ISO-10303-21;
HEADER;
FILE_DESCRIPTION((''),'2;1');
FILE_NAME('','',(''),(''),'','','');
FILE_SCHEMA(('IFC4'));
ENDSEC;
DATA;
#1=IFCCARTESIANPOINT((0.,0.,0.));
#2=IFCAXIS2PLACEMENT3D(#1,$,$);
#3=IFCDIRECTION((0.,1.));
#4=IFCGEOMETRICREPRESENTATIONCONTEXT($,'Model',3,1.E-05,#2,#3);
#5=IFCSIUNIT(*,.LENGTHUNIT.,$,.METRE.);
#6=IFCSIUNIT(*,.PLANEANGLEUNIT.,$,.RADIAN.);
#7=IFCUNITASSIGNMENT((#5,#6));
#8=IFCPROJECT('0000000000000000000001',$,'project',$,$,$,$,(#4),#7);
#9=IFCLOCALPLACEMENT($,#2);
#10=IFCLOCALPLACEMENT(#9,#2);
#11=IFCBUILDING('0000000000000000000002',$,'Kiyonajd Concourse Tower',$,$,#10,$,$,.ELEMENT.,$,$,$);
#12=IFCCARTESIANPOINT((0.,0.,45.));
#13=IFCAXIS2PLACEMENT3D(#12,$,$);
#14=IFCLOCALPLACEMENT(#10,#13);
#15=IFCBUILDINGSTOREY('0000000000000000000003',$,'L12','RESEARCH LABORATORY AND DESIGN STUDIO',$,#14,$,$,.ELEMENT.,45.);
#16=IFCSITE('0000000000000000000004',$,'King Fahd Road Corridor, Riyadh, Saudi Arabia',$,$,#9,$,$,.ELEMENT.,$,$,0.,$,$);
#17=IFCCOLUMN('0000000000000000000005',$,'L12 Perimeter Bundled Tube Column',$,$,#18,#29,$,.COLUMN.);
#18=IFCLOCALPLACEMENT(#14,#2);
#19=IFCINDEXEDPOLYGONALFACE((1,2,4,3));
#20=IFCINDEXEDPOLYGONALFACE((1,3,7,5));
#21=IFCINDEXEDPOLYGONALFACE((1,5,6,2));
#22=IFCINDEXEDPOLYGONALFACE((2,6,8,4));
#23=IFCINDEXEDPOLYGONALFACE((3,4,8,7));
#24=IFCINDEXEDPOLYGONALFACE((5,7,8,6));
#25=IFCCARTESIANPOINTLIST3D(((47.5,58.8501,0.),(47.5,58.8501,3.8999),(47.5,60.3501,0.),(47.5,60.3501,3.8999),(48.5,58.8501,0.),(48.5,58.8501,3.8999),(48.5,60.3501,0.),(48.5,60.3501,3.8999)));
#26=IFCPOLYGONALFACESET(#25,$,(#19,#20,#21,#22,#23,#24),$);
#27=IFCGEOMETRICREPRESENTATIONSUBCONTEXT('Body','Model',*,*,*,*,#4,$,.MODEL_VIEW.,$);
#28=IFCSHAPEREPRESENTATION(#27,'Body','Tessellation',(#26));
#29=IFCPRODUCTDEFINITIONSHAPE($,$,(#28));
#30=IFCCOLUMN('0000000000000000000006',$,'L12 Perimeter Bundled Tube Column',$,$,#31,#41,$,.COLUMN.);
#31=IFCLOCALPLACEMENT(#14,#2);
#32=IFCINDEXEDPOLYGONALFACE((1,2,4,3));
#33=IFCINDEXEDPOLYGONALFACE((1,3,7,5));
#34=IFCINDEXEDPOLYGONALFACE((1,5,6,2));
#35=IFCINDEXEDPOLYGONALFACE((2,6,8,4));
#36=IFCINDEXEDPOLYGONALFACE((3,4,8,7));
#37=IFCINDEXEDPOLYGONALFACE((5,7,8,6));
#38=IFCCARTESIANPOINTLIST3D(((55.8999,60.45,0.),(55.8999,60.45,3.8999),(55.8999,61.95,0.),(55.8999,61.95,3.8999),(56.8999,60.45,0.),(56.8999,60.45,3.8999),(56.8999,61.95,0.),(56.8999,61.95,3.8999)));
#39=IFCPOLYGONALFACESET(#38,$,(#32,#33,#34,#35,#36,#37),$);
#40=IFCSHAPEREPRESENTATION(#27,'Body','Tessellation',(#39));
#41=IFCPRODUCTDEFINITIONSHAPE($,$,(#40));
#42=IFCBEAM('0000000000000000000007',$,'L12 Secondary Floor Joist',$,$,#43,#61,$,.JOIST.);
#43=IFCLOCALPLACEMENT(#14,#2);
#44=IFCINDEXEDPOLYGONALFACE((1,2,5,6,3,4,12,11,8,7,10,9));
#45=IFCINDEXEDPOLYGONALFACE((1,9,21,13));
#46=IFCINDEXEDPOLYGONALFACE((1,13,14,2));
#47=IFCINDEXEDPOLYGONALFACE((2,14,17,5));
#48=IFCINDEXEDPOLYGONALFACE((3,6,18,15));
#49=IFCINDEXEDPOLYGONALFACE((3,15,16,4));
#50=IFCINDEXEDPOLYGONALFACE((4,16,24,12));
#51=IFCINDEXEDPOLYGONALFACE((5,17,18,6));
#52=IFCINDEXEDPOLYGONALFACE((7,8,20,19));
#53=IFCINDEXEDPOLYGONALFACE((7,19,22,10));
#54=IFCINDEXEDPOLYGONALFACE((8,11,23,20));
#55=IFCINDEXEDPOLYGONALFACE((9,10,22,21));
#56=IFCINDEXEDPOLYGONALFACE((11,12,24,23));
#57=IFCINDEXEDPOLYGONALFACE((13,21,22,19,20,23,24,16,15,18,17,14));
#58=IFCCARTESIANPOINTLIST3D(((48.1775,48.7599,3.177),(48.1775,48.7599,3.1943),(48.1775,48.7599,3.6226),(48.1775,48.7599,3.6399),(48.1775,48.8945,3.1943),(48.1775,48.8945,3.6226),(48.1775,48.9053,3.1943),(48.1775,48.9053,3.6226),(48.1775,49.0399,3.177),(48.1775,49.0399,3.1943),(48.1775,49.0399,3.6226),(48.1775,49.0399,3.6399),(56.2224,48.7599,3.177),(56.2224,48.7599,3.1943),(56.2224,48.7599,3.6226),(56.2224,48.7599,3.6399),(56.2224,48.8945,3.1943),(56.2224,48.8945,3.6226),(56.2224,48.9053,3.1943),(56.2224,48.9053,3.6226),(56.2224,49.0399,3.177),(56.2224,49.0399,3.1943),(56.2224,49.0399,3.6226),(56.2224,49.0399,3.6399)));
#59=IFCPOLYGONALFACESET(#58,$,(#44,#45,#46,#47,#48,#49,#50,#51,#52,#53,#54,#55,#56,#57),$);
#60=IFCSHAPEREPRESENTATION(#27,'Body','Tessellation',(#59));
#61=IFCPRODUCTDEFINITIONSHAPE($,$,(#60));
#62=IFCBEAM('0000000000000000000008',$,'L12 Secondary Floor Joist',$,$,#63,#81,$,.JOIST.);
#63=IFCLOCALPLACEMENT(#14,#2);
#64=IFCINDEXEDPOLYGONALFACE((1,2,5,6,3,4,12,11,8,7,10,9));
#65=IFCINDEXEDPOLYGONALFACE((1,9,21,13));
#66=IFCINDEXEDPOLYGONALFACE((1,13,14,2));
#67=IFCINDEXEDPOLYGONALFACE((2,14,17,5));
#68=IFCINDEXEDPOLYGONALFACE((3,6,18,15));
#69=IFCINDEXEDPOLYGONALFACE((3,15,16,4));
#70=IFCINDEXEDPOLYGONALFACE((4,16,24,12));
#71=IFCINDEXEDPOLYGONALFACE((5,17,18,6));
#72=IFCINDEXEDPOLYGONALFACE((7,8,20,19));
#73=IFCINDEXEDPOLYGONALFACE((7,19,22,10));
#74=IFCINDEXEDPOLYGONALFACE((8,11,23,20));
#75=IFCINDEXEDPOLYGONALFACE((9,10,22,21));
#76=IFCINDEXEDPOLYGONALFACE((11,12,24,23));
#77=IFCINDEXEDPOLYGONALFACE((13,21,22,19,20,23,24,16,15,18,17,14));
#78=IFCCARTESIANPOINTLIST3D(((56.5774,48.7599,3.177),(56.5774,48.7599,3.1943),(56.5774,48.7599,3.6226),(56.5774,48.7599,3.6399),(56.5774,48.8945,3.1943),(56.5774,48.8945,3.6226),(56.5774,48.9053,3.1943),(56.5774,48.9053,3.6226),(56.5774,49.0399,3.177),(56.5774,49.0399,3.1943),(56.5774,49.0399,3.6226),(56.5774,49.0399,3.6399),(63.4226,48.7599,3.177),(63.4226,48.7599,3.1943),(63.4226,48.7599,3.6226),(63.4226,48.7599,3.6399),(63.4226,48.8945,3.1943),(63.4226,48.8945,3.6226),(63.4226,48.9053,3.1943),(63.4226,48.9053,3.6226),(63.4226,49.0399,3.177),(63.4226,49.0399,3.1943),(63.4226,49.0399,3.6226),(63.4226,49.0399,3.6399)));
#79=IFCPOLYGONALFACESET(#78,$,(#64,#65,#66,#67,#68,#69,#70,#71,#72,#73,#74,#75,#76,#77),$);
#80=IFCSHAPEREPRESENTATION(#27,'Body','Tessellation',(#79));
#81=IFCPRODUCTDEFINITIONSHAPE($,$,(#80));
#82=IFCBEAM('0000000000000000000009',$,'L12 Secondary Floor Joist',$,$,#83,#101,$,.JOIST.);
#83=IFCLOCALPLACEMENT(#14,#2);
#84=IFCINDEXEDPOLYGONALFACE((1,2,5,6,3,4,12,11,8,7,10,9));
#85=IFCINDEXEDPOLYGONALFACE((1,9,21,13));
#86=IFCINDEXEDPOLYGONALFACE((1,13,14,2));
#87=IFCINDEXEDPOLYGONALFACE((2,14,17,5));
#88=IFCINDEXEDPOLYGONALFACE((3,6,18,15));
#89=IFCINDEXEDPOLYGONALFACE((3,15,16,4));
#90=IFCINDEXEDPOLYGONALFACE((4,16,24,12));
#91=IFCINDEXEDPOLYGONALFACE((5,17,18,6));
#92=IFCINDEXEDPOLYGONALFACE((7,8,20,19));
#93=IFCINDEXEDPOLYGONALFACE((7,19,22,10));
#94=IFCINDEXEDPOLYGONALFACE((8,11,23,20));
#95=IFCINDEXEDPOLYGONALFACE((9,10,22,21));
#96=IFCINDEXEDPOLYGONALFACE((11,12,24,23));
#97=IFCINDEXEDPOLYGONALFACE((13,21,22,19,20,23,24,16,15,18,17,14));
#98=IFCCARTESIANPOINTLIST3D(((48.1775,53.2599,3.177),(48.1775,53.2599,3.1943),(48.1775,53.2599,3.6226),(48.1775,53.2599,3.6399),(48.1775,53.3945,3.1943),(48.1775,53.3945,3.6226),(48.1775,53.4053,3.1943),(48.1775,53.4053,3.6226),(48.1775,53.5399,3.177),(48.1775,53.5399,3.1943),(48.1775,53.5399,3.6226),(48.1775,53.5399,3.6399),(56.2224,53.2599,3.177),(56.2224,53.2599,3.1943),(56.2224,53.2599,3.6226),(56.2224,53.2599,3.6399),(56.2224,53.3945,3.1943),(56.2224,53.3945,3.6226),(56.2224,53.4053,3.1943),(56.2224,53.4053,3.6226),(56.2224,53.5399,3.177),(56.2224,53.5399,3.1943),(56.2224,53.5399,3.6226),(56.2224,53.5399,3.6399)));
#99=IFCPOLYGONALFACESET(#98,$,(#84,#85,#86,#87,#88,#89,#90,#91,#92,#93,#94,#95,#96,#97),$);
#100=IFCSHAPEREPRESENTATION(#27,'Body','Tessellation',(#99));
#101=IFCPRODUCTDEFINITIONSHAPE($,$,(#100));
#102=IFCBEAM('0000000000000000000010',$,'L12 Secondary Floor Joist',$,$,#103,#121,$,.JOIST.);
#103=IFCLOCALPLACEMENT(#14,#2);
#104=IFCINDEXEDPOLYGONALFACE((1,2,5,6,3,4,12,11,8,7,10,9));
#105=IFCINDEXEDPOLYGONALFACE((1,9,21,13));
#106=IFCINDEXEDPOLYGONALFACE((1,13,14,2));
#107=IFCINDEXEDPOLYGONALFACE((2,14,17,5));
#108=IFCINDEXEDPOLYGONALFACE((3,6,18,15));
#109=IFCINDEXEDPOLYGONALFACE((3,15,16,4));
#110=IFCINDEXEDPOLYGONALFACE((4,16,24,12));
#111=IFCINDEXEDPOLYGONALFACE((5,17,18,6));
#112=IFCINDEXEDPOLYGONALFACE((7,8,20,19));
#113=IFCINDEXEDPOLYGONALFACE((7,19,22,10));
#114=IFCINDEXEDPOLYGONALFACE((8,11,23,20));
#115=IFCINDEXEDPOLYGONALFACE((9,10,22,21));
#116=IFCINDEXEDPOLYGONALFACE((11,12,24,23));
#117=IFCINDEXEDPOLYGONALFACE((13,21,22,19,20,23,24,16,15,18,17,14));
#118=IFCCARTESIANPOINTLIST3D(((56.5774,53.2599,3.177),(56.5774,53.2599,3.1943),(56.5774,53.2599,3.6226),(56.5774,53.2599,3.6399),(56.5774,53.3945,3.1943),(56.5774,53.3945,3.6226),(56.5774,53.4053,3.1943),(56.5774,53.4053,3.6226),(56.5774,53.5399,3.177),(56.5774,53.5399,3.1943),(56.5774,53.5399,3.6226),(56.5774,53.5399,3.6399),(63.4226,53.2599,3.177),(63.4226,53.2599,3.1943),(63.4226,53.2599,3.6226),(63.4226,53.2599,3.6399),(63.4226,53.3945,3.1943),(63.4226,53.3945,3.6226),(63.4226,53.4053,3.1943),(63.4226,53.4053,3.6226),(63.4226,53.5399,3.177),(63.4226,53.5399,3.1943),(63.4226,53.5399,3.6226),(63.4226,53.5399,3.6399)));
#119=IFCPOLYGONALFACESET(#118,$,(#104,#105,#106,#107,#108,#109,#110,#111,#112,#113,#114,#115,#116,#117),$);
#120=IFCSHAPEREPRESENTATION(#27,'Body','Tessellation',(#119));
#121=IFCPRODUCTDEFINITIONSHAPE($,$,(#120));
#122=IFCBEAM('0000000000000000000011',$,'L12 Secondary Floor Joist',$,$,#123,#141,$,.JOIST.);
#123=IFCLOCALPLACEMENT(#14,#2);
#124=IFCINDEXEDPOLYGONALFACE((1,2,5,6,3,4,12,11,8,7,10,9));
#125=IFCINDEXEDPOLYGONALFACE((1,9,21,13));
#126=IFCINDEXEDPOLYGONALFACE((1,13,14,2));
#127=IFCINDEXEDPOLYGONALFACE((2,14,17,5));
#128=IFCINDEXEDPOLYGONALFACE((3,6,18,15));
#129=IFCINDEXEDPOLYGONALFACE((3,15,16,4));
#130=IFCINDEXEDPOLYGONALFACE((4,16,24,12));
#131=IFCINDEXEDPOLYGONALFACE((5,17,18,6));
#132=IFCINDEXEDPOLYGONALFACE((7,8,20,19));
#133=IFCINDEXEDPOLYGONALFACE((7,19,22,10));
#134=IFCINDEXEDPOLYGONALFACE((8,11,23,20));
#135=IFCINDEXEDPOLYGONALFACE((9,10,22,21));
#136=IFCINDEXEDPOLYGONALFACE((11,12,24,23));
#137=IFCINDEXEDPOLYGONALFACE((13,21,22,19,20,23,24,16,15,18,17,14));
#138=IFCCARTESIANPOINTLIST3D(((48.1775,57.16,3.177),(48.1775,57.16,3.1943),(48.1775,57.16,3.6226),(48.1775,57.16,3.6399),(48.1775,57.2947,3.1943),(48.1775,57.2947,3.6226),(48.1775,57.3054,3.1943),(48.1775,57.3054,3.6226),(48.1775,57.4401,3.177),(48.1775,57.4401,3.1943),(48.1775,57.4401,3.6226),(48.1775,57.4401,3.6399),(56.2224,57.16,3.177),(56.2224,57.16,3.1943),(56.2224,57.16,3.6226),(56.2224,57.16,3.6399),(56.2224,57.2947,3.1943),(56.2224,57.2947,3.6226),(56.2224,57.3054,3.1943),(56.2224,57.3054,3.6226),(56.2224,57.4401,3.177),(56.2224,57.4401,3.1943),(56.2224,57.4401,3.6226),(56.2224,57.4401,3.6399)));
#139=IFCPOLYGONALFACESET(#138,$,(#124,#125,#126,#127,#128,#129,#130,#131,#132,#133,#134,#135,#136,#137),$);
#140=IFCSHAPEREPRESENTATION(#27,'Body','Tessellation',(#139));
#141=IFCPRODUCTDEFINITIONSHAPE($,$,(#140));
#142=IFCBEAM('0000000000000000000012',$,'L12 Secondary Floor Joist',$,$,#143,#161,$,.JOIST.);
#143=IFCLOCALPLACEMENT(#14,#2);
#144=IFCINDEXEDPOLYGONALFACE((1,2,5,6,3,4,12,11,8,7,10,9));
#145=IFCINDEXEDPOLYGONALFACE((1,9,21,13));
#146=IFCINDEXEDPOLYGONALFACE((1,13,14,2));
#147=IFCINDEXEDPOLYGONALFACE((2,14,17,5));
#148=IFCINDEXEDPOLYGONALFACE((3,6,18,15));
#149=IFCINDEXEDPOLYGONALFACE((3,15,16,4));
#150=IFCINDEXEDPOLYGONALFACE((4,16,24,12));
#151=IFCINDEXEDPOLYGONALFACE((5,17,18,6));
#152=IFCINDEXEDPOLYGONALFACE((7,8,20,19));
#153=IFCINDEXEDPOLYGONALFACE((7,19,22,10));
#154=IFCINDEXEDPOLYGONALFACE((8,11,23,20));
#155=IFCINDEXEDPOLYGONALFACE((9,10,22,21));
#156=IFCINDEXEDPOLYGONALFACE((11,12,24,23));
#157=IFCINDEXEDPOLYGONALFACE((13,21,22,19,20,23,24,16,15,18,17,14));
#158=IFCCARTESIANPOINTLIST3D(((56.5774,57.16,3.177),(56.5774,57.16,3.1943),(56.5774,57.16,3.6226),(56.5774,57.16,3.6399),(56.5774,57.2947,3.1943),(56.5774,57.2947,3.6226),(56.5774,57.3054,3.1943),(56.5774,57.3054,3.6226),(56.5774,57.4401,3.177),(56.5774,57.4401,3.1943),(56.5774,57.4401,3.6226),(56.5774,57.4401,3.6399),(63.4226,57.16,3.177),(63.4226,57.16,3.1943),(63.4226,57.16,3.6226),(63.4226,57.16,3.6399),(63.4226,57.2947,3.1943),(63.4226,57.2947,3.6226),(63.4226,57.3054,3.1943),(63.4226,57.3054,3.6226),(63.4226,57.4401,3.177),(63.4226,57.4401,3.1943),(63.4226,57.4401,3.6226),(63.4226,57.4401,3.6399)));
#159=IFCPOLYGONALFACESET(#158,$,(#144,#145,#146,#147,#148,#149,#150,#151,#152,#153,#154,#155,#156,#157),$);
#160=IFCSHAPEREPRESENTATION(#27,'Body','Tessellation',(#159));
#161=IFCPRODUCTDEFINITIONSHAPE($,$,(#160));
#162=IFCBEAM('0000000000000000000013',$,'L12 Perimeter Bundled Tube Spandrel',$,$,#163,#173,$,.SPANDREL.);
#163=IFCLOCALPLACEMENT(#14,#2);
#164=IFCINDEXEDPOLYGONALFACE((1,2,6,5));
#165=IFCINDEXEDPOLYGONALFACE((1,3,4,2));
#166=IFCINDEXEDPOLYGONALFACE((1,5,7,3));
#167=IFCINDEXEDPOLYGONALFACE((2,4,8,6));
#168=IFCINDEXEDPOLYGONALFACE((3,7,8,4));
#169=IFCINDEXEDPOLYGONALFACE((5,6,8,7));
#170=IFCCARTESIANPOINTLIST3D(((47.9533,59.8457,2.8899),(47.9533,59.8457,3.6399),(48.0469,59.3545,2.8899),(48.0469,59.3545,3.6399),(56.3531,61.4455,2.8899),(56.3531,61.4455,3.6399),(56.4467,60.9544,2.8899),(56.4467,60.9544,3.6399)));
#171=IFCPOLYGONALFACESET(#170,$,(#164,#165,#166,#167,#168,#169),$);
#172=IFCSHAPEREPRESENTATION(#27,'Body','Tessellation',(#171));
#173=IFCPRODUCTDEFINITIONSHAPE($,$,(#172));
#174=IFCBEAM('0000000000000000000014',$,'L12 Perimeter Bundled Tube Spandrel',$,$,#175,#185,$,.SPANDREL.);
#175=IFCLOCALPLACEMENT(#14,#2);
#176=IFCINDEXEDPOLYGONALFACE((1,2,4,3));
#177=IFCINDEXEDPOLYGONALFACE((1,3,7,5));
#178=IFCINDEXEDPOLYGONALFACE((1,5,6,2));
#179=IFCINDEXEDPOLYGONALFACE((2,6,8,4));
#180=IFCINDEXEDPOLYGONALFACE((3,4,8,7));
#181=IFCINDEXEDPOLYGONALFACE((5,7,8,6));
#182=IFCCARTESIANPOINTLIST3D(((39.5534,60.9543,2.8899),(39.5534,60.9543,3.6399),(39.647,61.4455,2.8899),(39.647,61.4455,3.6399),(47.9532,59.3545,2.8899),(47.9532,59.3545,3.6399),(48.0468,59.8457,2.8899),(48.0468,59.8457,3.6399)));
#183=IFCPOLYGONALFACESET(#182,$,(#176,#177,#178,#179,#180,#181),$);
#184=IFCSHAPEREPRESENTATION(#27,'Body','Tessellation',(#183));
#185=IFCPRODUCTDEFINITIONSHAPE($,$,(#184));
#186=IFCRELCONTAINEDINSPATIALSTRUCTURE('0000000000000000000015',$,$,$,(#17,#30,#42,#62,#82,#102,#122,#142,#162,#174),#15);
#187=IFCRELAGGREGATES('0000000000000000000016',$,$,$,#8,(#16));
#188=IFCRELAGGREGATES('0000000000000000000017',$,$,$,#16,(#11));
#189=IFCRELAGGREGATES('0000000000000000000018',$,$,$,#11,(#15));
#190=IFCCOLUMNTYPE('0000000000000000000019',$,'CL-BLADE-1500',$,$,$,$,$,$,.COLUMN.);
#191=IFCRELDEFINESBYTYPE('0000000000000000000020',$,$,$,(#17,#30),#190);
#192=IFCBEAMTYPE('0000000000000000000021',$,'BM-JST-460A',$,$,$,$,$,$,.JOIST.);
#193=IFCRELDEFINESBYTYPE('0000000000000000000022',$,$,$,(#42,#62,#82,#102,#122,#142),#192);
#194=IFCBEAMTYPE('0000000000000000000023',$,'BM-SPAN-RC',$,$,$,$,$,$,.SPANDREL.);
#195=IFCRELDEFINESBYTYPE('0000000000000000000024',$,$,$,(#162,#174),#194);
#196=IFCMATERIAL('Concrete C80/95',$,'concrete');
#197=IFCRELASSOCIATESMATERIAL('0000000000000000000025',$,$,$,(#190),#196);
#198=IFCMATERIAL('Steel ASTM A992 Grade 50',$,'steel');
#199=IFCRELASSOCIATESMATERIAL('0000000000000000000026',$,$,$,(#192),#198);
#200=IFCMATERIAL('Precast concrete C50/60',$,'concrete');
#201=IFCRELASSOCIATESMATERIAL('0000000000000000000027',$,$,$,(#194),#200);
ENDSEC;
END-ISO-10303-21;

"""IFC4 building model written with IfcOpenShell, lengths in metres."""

from ifc_helpers import new_model, si_unit, direction, frame, origin, origin_2d, place, context, subcontext, project, spatial, rectangle, i_section, extrude, material, material_profile, profile_set, type_object, element, save


model = new_model("IFC4")

# Units and contexts
model_context = context("Model", 3, precision=1e-05, world=origin(), true_north=direction((0.0, 1.0)))
body_context = subcontext(model_context, "Body", "Model", "MODEL_VIEW")
ifc_project = project(units=[si_unit("LENGTHUNIT", "METRE"), si_unit("PLANEANGLEUNIT", "RADIAN")], contexts=[model_context])

# Site, building, storey
site_placement = place(None, origin())
site = spatial("IfcSite", under=ifc_project, at=site_placement, Name="King Fahd Road Corridor, Riyadh, Saudi Arabia", CompositionType="ELEMENT", RefElevation=0.0)
building_placement = place(site_placement, origin())
building = spatial("IfcBuilding", under=site, at=building_placement, Name="Kiyonajd Concourse Tower", CompositionType="ELEMENT")
storey_placement = place(building_placement, frame((0.0, 0.0, 45.0)))
storey = spatial("IfcBuildingStorey", under=building, at=storey_placement, Name="L12", Description="RESEARCH LABORATORY AND DESIGN STUDIO", CompositionType="ELEMENT", Elevation=45.0)

# Columns
ifc_material_1 = material(Name="Concrete C80/95", Category="concrete")
ifc_material_profile_1 = material_profile(ifc_material_1, rectangle(XDim=1.0, YDim=1.5, at=origin_2d()), Name="RC-1500x1000")
ifc_profile_set_1 = profile_set([ifc_material_profile_1], Name="Concrete C80/95")
column_type = type_object("IfcColumnType", Name="CL-BLADE-1500", PredefinedType="COLUMN", material=ifc_profile_set_1)
for number, where, z_axis, x_axis, name in (
    (1, (48.0, 59.6001, 0.0), (0.0, 0.0, 1.0), (1.0, 0.0, 0.0), "L12 Perimeter Bundled Tube Column"),
    (2, (56.3999, 61.2, 0.0), (0.0, 0.0, 1.0), (1.0, 0.0, 0.0), "L12 Perimeter Bundled Tube Column"),
):
    element("IfcColumn", number, at=place(storey_placement, frame(where, z_axis=z_axis, x_axis=x_axis)), inside=storey, type_object=column_type, Name=name, PredefinedType="COLUMN", context=body_context, shape_type="SweptSolid", body=[
        extrude(rectangle(XDim=1.0, YDim=1.5, at=origin_2d()), origin(), (0.0, 0.0, 1.0), 3.8999),
    ])

# Beams
ifc_material_2 = material(Name="Steel ASTM A992 Grade 50", Category="steel")
ifc_material_profile_2 = material_profile(ifc_material_2, i_section(OverallWidth=0.28, OverallDepth=0.4629, WebThickness=0.0107, FlangeThickness=0.0173, at=origin_2d()), Name="W460X113")
ifc_profile_set_2 = profile_set([ifc_material_profile_2], Name="Steel ASTM A992 Grade 50")
beam_type_1 = type_object("IfcBeamType", Name="BM-JST-460A", PredefinedType="JOIST", material=ifc_profile_set_2)
beam_1_placement = place(storey_placement, frame((48.1775, 48.8999, 3.4084), z_axis=(1.0, 0.0, 0.0), x_axis=(0.0, 1.0, 0.0)))
element("IfcBeam", 3, at=beam_1_placement, inside=storey, type_object=beam_type_1, Name="L12 Secondary Floor Joist", PredefinedType="JOIST", context=body_context, shape_type="SweptSolid", body=[
    extrude(i_section(OverallWidth=0.28, OverallDepth=0.4629, WebThickness=0.0107, FlangeThickness=0.0173, at=origin_2d()), origin(), (0.0, 0.0, 1.0), 8.0449),
])
beam_2_placement = place(storey_placement, frame((56.5774, 48.8999, 3.4084), z_axis=(1.0, 0.0, 0.0), x_axis=(0.0, 1.0, 0.0)))
element("IfcBeam", 4, at=beam_2_placement, inside=storey, type_object=beam_type_1, Name="L12 Secondary Floor Joist", PredefinedType="JOIST", context=body_context, shape_type="SweptSolid", body=[
    extrude(i_section(OverallWidth=0.28, OverallDepth=0.4629, WebThickness=0.0107, FlangeThickness=0.0173, at=origin_2d()), origin(), (0.0, 0.0, 1.0), 6.8452),
])
beam_3_placement = place(storey_placement, frame((48.1775, 53.3999, 3.4084), z_axis=(1.0, 0.0, 0.0), x_axis=(0.0, 1.0, 0.0)))
element("IfcBeam", 5, at=beam_3_placement, inside=storey, type_object=beam_type_1, Name="L12 Secondary Floor Joist", PredefinedType="JOIST", context=body_context, shape_type="SweptSolid", body=[
    extrude(i_section(OverallWidth=0.28, OverallDepth=0.4629, WebThickness=0.0107, FlangeThickness=0.0173, at=origin_2d()), origin(), (0.0, 0.0, 1.0), 8.0449),
])
beam_4_placement = place(storey_placement, frame((56.5774, 53.3999, 3.4084), z_axis=(1.0, 0.0, 0.0), x_axis=(0.0, 1.0, 0.0)))
element("IfcBeam", 6, at=beam_4_placement, inside=storey, type_object=beam_type_1, Name="L12 Secondary Floor Joist", PredefinedType="JOIST", context=body_context, shape_type="SweptSolid", body=[
    extrude(i_section(OverallWidth=0.28, OverallDepth=0.4629, WebThickness=0.0107, FlangeThickness=0.0173, at=origin_2d()), origin(), (0.0, 0.0, 1.0), 6.8452),
])
beam_5_placement = place(storey_placement, frame((48.1775, 57.3, 3.4084), z_axis=(1.0, 0.0, 0.0), x_axis=(0.0, 1.0, 0.0)))
element("IfcBeam", 7, at=beam_5_placement, inside=storey, type_object=beam_type_1, Name="L12 Secondary Floor Joist", PredefinedType="JOIST", context=body_context, shape_type="SweptSolid", body=[
    extrude(i_section(OverallWidth=0.28, OverallDepth=0.4629, WebThickness=0.0107, FlangeThickness=0.0173, at=origin_2d()), origin(), (0.0, 0.0, 1.0), 8.0449),
])
beam_6_placement = place(storey_placement, frame((56.5774, 57.3, 3.4084), z_axis=(1.0, 0.0, 0.0), x_axis=(0.0, 1.0, 0.0)))
element("IfcBeam", 8, at=beam_6_placement, inside=storey, type_object=beam_type_1, Name="L12 Secondary Floor Joist", PredefinedType="JOIST", context=body_context, shape_type="SweptSolid", body=[
    extrude(i_section(OverallWidth=0.28, OverallDepth=0.4629, WebThickness=0.0107, FlangeThickness=0.0173, at=origin_2d()), origin(), (0.0, 0.0, 1.0), 6.8452),
])
ifc_material_3 = material(Name="Precast concrete C50/60", Category="concrete")
ifc_material_profile_3 = material_profile(ifc_material_3, rectangle(XDim=0.5, YDim=0.75, at=origin_2d()), Name="RCBM-500x750")
ifc_profile_set_3 = profile_set([ifc_material_profile_3], Name="Precast concrete C50/60")
beam_type_2 = type_object("IfcBeamType", Name="BM-SPAN-RC", PredefinedType="SPANDREL", material=ifc_profile_set_3)
for number, where, z_axis, x_axis, name in (
    (9, (56.3999, 61.2, 3.2649), (-0.982341, -0.187098, 0.0), (0.187098, -0.982341, 0.0), "L12 Perimeter Bundled Tube Spandrel"),
    (10, (48.0, 59.6001, 3.2649), (-0.982341, 0.187098, 0.0), (-0.187098, -0.982341, 0.0), "L12 Perimeter Bundled Tube Spandrel"),
):
    element("IfcBeam", number, at=place(storey_placement, frame(where, z_axis=z_axis, x_axis=x_axis)), inside=storey, type_object=beam_type_2, Name=name, PredefinedType="SPANDREL", context=body_context, shape_type="SweptSolid", body=[
        extrude(rectangle(XDim=0.5, YDim=0.75, at=origin_2d()), origin(), (0.0, 0.0, 1.0), 8.5508),
    ])

save(model, "model.ifc")
